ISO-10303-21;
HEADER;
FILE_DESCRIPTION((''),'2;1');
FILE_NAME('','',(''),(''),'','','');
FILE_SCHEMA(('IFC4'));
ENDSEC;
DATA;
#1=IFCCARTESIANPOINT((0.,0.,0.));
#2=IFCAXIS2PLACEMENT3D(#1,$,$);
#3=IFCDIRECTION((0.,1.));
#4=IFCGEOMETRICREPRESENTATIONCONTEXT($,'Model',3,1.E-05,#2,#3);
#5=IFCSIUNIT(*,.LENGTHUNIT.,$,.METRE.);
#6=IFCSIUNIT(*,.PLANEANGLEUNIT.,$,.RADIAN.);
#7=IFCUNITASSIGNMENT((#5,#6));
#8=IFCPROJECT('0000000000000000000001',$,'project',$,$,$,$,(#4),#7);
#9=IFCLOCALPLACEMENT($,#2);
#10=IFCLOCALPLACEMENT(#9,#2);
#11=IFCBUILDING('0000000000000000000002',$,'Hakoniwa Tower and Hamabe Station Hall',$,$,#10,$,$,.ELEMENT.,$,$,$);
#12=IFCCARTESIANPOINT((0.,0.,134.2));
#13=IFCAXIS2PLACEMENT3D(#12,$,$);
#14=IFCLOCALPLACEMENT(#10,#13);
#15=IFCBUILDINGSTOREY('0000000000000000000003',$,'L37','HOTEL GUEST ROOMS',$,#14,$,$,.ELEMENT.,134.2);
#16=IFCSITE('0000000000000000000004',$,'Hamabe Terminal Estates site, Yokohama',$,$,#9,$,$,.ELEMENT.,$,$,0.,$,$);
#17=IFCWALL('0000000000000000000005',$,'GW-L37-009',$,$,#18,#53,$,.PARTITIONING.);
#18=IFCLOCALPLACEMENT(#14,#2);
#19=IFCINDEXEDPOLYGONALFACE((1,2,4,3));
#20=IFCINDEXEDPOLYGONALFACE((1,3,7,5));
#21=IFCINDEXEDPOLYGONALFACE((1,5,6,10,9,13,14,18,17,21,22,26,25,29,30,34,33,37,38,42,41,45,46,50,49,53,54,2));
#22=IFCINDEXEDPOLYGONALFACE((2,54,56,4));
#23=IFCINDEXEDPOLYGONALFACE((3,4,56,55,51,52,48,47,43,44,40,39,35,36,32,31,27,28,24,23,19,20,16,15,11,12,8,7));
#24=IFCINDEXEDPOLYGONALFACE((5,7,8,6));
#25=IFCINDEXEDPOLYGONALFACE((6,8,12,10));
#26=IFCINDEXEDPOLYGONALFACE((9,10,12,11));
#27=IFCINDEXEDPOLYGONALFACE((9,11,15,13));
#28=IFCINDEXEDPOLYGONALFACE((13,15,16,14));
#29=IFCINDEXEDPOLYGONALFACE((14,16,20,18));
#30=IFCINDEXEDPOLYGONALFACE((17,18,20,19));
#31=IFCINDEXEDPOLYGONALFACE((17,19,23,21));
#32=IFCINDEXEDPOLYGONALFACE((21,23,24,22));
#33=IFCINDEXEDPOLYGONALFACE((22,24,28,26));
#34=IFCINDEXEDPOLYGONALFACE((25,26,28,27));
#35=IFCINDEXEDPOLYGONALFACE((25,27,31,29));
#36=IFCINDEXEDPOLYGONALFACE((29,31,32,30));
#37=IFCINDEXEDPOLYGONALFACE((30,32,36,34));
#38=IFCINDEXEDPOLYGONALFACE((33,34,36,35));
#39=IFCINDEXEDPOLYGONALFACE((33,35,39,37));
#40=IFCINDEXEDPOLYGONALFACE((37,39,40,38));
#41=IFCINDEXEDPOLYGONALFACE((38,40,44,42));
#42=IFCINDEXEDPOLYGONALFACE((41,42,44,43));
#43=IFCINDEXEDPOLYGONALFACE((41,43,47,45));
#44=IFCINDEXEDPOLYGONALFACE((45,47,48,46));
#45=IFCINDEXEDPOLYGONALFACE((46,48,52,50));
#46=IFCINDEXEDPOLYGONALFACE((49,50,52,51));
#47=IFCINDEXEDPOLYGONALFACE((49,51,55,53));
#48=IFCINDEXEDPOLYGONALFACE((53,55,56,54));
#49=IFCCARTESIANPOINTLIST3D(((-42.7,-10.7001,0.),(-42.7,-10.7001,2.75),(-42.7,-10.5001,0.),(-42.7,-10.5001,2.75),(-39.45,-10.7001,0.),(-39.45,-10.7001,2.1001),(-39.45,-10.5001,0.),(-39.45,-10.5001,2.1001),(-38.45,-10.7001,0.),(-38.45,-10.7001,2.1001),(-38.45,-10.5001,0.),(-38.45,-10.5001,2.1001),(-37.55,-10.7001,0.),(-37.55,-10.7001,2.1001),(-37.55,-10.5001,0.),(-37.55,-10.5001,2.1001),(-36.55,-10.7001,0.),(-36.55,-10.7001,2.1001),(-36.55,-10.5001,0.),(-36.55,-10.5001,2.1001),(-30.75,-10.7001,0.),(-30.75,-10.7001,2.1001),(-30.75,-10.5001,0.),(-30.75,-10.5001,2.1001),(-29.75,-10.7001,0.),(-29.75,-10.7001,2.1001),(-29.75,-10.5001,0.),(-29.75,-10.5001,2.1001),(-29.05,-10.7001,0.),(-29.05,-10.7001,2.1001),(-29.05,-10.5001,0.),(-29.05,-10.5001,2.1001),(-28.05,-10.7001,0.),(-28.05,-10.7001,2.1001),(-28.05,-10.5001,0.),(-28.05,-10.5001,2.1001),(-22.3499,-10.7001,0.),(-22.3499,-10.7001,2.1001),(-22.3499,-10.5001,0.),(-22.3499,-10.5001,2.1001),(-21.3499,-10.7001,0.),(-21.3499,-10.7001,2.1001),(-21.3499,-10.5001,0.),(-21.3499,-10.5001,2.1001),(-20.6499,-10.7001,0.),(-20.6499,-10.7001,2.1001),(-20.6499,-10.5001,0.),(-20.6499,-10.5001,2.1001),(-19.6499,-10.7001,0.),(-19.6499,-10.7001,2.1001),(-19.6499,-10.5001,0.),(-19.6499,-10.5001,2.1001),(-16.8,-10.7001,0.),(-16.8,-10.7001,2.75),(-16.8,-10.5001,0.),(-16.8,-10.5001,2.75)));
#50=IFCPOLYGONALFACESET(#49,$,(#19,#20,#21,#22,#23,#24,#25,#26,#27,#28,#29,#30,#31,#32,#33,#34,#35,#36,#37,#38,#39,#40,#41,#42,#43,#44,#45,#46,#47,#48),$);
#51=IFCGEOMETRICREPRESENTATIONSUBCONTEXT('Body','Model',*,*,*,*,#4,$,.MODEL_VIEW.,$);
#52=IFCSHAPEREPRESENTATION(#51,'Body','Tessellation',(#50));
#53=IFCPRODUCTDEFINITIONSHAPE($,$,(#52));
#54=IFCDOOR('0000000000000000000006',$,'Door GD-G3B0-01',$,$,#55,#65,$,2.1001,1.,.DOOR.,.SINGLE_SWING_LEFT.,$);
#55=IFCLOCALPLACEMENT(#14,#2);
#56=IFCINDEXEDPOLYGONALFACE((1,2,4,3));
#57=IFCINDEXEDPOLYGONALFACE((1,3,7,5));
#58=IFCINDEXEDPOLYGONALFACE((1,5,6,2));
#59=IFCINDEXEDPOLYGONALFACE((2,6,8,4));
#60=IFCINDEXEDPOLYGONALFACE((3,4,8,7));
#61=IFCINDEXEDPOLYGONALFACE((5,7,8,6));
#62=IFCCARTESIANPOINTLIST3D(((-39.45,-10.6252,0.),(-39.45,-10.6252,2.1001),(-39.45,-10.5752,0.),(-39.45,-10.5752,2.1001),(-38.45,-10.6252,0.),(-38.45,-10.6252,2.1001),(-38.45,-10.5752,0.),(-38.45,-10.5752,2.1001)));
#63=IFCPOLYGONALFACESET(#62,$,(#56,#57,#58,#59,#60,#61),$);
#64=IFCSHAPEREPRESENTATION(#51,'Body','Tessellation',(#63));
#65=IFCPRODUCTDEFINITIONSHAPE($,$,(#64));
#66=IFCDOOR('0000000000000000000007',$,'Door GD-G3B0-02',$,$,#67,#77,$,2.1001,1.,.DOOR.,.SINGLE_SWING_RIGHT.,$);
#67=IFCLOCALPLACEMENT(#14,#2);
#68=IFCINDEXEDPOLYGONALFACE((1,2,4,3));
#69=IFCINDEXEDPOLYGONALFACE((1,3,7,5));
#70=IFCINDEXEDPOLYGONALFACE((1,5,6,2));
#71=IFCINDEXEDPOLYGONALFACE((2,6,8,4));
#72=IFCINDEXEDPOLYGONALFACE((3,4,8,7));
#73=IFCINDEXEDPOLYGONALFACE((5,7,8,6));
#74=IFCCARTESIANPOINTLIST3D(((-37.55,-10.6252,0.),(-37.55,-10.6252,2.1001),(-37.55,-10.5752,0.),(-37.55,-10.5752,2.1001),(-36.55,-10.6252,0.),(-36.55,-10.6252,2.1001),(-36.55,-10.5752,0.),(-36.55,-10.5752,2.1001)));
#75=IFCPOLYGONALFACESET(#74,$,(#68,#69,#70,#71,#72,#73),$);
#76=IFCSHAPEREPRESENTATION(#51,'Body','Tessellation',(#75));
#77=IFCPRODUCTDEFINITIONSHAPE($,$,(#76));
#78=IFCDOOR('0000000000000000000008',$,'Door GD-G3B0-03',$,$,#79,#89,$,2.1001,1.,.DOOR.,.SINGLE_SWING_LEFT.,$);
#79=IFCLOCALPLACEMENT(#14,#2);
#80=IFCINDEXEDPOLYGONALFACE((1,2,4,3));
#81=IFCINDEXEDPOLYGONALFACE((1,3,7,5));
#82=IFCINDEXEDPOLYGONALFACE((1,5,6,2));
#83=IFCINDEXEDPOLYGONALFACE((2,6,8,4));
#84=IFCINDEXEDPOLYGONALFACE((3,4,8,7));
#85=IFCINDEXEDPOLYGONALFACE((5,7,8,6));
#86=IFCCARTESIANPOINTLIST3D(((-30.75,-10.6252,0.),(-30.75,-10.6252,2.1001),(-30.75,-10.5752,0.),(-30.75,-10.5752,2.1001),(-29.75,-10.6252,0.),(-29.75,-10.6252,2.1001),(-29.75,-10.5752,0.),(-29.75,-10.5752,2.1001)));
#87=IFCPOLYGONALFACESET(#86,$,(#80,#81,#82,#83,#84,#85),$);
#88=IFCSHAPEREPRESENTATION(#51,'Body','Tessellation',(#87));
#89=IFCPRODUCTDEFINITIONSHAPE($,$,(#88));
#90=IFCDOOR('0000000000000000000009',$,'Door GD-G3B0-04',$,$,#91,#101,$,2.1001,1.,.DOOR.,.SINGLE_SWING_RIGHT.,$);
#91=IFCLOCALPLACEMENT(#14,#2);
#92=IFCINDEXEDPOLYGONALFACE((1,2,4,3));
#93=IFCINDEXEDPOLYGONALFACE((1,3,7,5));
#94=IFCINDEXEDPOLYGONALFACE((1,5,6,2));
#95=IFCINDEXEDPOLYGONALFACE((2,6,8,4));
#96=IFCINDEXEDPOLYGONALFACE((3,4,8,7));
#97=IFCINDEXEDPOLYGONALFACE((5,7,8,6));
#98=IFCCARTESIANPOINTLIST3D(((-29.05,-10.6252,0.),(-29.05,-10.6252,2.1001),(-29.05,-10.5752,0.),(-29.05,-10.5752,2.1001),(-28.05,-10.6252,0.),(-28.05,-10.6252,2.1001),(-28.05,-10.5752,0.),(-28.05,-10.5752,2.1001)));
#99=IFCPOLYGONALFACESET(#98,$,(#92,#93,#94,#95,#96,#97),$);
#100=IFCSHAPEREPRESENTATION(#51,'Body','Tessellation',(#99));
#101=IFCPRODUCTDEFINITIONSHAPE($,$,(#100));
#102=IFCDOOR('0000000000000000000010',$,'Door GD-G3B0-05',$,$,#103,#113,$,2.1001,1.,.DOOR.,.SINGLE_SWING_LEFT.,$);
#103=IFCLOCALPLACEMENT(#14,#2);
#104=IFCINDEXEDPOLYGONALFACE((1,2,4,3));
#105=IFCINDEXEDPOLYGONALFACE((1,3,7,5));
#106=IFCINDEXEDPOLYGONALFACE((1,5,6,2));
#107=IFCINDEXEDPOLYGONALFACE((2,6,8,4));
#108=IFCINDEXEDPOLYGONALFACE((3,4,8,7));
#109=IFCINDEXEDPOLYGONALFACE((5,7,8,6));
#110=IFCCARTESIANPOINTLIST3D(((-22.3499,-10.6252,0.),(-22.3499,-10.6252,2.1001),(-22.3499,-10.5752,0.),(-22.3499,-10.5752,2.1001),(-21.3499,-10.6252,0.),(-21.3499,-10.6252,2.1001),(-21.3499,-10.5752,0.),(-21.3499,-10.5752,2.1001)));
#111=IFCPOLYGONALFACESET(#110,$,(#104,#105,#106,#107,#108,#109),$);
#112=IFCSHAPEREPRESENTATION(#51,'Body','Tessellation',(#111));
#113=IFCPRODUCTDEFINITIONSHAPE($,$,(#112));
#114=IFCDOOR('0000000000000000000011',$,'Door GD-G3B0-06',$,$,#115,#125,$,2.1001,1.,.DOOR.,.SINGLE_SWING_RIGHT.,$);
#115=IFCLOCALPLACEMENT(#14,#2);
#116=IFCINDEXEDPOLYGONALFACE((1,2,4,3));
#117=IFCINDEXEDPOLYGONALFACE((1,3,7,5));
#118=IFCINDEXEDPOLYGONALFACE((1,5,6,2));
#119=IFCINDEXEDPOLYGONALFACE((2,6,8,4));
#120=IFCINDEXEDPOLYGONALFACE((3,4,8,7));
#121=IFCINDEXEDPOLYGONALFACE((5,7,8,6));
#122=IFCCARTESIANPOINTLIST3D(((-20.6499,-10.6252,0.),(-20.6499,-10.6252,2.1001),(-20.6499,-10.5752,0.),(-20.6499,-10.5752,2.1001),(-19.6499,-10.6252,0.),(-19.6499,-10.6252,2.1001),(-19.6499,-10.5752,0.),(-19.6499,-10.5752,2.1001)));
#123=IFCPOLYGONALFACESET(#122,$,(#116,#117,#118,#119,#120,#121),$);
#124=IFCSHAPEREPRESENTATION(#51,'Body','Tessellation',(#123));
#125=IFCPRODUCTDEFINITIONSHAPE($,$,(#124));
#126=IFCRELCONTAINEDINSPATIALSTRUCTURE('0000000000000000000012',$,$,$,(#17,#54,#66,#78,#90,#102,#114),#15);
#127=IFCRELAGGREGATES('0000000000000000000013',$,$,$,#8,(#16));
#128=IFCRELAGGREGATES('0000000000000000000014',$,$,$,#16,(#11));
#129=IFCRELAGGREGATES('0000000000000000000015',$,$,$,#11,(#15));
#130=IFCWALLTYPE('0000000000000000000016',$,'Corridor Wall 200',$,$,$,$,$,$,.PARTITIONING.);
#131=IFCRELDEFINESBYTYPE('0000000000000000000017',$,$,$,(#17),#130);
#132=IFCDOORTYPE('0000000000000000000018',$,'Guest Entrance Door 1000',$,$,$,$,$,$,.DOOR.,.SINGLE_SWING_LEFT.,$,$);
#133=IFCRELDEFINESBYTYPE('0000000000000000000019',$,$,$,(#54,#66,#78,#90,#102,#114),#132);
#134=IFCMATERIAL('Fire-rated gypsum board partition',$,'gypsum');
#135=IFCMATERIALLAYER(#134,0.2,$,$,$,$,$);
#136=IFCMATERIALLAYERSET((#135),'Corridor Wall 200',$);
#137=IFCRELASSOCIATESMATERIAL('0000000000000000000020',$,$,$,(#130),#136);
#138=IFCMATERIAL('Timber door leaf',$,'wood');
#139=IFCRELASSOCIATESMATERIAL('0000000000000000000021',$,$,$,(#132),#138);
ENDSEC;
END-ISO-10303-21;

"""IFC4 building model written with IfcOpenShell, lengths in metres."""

from ifc_helpers import new_model, si_unit, direction, frame, frame_2d, origin, place, context, subcontext, project, spatial, rectangle, extrude, material, layer, layer_set, type_object, element, fill, save


model = new_model("IFC4")

# Units and contexts
model_context = context("Model", 3, precision=1e-05, world=origin(), true_north=direction((0.0, 1.0)))
body_context = subcontext(model_context, "Body", "Model", "MODEL_VIEW")
ifc_project = project(units=[si_unit("LENGTHUNIT", "METRE"), si_unit("PLANEANGLEUNIT", "RADIAN")], contexts=[model_context])

# Site, building, storey
site_placement = place(None, origin())
site = spatial("IfcSite", under=ifc_project, at=site_placement, Name="Hamabe Terminal Estates site, Yokohama", CompositionType="ELEMENT", RefElevation=0.0)
building_placement = place(site_placement, origin())
building = spatial("IfcBuilding", under=site, at=building_placement, Name="Hakoniwa Tower and Hamabe Station Hall", CompositionType="ELEMENT")
storey_placement = place(building_placement, frame((0.0, 0.0, 134.2)))
storey = spatial("IfcBuildingStorey", under=building, at=storey_placement, Name="L37", Description="HOTEL GUEST ROOMS", CompositionType="ELEMENT", Elevation=134.2)

# Wall, openings, doors
ifc_material_1 = material(Name="Fire-rated gypsum board partition", Category="gypsum")
ifc_layer_1 = layer(ifc_material_1, 0.2)
ifc_layer_set_1 = layer_set([ifc_layer_1], Name="Corridor Wall 200")
wall_type_1 = type_object("IfcWallType", Name="Corridor Wall 200", PredefinedType="PARTITIONING", material=ifc_layer_set_1)
wall_1_placement = place(storey_placement, frame((-42.7, -10.6001, 0.0), z_axis=(0.0, 0.0, 1.0), x_axis=(1.0, 0.0, 0.0)))
wall_1 = element("IfcWall", 1, at=wall_1_placement, inside=storey, type_object=wall_type_1, Name="GW-L37-009", PredefinedType="PARTITIONING", context=body_context, shape_type="SweptSolid", body=[
    extrude(rectangle(XDim=25.8999, YDim=0.2, at=frame_2d((12.95, 0.0))), origin(), (0.0, 0.0, 1.0), 2.75),
])
opening_1_placement = place(wall_1_placement, frame((3.25, 0.0, 0.0)))
opening_1 = element("IfcOpeningElement", 2, at=opening_1_placement, cuts=wall_1, PredefinedType="OPENING", context=body_context, shape_type="SweptSolid", body=[
    extrude(rectangle(XDim=1.0, YDim=2.1001, at=frame_2d((0.5, 1.05))), frame((0.0, 0.1099, 0.0), z_axis=(0.0, -1.0, 0.0), x_axis=(1.0, 0.0, 0.0)), (0.0, 0.0, 1.0), 0.22),
])
opening_2_placement = place(wall_1_placement, frame((5.1499, 0.0, 0.0)))
opening_2 = element("IfcOpeningElement", 3, at=opening_2_placement, cuts=wall_1, PredefinedType="OPENING", context=body_context, shape_type="SweptSolid", body=[
    extrude(rectangle(XDim=1.0, YDim=2.1001, at=frame_2d((0.5, 1.05))), frame((0.0, 0.1099, 0.0), z_axis=(0.0, -1.0, 0.0), x_axis=(1.0, 0.0, 0.0)), (0.0, 0.0, 1.0), 0.22),
])
opening_3_placement = place(wall_1_placement, frame((11.95, 0.0, 0.0)))
opening_3 = element("IfcOpeningElement", 4, at=opening_3_placement, cuts=wall_1, PredefinedType="OPENING", context=body_context, shape_type="SweptSolid", body=[
    extrude(rectangle(XDim=1.0, YDim=2.1001, at=frame_2d((0.5, 1.05))), frame((0.0, 0.1099, 0.0), z_axis=(0.0, -1.0, 0.0), x_axis=(1.0, 0.0, 0.0)), (0.0, 0.0, 1.0), 0.22),
])
opening_4_placement = place(wall_1_placement, frame((13.6499, 0.0, 0.0)))
opening_4 = element("IfcOpeningElement", 5, at=opening_4_placement, cuts=wall_1, PredefinedType="OPENING", context=body_context, shape_type="SweptSolid", body=[
    extrude(rectangle(XDim=1.0, YDim=2.1001, at=frame_2d((0.5, 1.05))), frame((0.0, 0.1099, 0.0), z_axis=(0.0, -1.0, 0.0), x_axis=(1.0, 0.0, 0.0)), (0.0, 0.0, 1.0), 0.22),
])
opening_5_placement = place(wall_1_placement, frame((20.3501, 0.0, 0.0)))
opening_5 = element("IfcOpeningElement", 6, at=opening_5_placement, cuts=wall_1, PredefinedType="OPENING", context=body_context, shape_type="SweptSolid", body=[
    extrude(rectangle(XDim=1.0, YDim=2.1001, at=frame_2d((0.5, 1.05))), frame((0.0, 0.1099, 0.0), z_axis=(0.0, -1.0, 0.0), x_axis=(1.0, 0.0, 0.0)), (0.0, 0.0, 1.0), 0.22),
])
opening_6_placement = place(wall_1_placement, frame((22.05, 0.0, 0.0)))
opening_6 = element("IfcOpeningElement", 7, at=opening_6_placement, cuts=wall_1, PredefinedType="OPENING", context=body_context, shape_type="SweptSolid", body=[
    extrude(rectangle(XDim=1.0, YDim=2.1001, at=frame_2d((0.5, 1.05))), frame((0.0, 0.1099, 0.0), z_axis=(0.0, -1.0, 0.0), x_axis=(1.0, 0.0, 0.0)), (0.0, 0.0, 1.0), 0.22),
])
ifc_material_2 = material(Name="Timber door leaf", Category="wood")
door_type_1 = type_object("IfcDoorType", Name="Guest Entrance Door 1000", OperationType="SINGLE_SWING_LEFT", PredefinedType="DOOR", material=ifc_material_2)
door_1_placement = place(opening_1_placement, origin())
door_1 = element("IfcDoor", 8, at=door_1_placement, inside=storey, type_object=door_type_1, Name="Door GD-G3B0-01", OperationType="SINGLE_SWING_LEFT", OverallHeight=2.1001, OverallWidth=1.0, PredefinedType="DOOR", context=body_context, shape_type="SweptSolid", body=[
    extrude(rectangle(XDim=1.0, YDim=2.1001, at=frame_2d((0.5, 1.05))), frame((0.0, 0.0249, 0.0), z_axis=(0.0, -1.0, 0.0), x_axis=(1.0, 0.0, 0.0)), (0.0, 0.0, 1.0), 0.05),
])
fill(opening_1, door_1)
door_2_placement = place(opening_2_placement, origin())
door_2 = element("IfcDoor", 9, at=door_2_placement, inside=storey, type_object=door_type_1, Name="Door GD-G3B0-02", OperationType="SINGLE_SWING_RIGHT", OverallHeight=2.1001, OverallWidth=1.0, PredefinedType="DOOR", context=body_context, shape_type="SweptSolid", body=[
    extrude(rectangle(XDim=1.0, YDim=2.1001, at=frame_2d((0.5, 1.05))), frame((0.0, 0.0249, 0.0), z_axis=(0.0, -1.0, 0.0), x_axis=(1.0, 0.0, 0.0)), (0.0, 0.0, 1.0), 0.05),
])
fill(opening_2, door_2)
door_3_placement = place(opening_3_placement, origin())
door_3 = element("IfcDoor", 10, at=door_3_placement, inside=storey, type_object=door_type_1, Name="Door GD-G3B0-03", OperationType="SINGLE_SWING_LEFT", OverallHeight=2.1001, OverallWidth=1.0, PredefinedType="DOOR", context=body_context, shape_type="SweptSolid", body=[
    extrude(rectangle(XDim=1.0, YDim=2.1001, at=frame_2d((0.5, 1.05))), frame((0.0, 0.0249, 0.0), z_axis=(0.0, -1.0, 0.0), x_axis=(1.0, 0.0, 0.0)), (0.0, 0.0, 1.0), 0.05),
])
fill(opening_3, door_3)
door_4_placement = place(opening_4_placement, origin())
door_4 = element("IfcDoor", 11, at=door_4_placement, inside=storey, type_object=door_type_1, Name="Door GD-G3B0-04", OperationType="SINGLE_SWING_RIGHT", OverallHeight=2.1001, OverallWidth=1.0, PredefinedType="DOOR", context=body_context, shape_type="SweptSolid", body=[
    extrude(rectangle(XDim=1.0, YDim=2.1001, at=frame_2d((0.5, 1.05))), frame((0.0, 0.0249, 0.0), z_axis=(0.0, -1.0, 0.0), x_axis=(1.0, 0.0, 0.0)), (0.0, 0.0, 1.0), 0.05),
])
fill(opening_4, door_4)
door_5_placement = place(opening_5_placement, origin())
door_5 = element("IfcDoor", 12, at=door_5_placement, inside=storey, type_object=door_type_1, Name="Door GD-G3B0-05", OperationType="SINGLE_SWING_LEFT", OverallHeight=2.1001, OverallWidth=1.0, PredefinedType="DOOR", context=body_context, shape_type="SweptSolid", body=[
    extrude(rectangle(XDim=1.0, YDim=2.1001, at=frame_2d((0.5, 1.05))), frame((0.0, 0.0249, 0.0), z_axis=(0.0, -1.0, 0.0), x_axis=(1.0, 0.0, 0.0)), (0.0, 0.0, 1.0), 0.05),
])
fill(opening_5, door_5)
door_6_placement = place(opening_6_placement, origin())
door_6 = element("IfcDoor", 13, at=door_6_placement, inside=storey, type_object=door_type_1, Name="Door GD-G3B0-06", OperationType="SINGLE_SWING_RIGHT", OverallHeight=2.1001, OverallWidth=1.0, PredefinedType="DOOR", context=body_context, shape_type="SweptSolid", body=[
    extrude(rectangle(XDim=1.0, YDim=2.1001, at=frame_2d((0.5, 1.05))), frame((0.0, 0.0249, 0.0), z_axis=(0.0, -1.0, 0.0), x_axis=(1.0, 0.0, 0.0)), (0.0, 0.0, 1.0), 0.05),
])
fill(opening_6, door_6)

save(model, "model.ifc")
